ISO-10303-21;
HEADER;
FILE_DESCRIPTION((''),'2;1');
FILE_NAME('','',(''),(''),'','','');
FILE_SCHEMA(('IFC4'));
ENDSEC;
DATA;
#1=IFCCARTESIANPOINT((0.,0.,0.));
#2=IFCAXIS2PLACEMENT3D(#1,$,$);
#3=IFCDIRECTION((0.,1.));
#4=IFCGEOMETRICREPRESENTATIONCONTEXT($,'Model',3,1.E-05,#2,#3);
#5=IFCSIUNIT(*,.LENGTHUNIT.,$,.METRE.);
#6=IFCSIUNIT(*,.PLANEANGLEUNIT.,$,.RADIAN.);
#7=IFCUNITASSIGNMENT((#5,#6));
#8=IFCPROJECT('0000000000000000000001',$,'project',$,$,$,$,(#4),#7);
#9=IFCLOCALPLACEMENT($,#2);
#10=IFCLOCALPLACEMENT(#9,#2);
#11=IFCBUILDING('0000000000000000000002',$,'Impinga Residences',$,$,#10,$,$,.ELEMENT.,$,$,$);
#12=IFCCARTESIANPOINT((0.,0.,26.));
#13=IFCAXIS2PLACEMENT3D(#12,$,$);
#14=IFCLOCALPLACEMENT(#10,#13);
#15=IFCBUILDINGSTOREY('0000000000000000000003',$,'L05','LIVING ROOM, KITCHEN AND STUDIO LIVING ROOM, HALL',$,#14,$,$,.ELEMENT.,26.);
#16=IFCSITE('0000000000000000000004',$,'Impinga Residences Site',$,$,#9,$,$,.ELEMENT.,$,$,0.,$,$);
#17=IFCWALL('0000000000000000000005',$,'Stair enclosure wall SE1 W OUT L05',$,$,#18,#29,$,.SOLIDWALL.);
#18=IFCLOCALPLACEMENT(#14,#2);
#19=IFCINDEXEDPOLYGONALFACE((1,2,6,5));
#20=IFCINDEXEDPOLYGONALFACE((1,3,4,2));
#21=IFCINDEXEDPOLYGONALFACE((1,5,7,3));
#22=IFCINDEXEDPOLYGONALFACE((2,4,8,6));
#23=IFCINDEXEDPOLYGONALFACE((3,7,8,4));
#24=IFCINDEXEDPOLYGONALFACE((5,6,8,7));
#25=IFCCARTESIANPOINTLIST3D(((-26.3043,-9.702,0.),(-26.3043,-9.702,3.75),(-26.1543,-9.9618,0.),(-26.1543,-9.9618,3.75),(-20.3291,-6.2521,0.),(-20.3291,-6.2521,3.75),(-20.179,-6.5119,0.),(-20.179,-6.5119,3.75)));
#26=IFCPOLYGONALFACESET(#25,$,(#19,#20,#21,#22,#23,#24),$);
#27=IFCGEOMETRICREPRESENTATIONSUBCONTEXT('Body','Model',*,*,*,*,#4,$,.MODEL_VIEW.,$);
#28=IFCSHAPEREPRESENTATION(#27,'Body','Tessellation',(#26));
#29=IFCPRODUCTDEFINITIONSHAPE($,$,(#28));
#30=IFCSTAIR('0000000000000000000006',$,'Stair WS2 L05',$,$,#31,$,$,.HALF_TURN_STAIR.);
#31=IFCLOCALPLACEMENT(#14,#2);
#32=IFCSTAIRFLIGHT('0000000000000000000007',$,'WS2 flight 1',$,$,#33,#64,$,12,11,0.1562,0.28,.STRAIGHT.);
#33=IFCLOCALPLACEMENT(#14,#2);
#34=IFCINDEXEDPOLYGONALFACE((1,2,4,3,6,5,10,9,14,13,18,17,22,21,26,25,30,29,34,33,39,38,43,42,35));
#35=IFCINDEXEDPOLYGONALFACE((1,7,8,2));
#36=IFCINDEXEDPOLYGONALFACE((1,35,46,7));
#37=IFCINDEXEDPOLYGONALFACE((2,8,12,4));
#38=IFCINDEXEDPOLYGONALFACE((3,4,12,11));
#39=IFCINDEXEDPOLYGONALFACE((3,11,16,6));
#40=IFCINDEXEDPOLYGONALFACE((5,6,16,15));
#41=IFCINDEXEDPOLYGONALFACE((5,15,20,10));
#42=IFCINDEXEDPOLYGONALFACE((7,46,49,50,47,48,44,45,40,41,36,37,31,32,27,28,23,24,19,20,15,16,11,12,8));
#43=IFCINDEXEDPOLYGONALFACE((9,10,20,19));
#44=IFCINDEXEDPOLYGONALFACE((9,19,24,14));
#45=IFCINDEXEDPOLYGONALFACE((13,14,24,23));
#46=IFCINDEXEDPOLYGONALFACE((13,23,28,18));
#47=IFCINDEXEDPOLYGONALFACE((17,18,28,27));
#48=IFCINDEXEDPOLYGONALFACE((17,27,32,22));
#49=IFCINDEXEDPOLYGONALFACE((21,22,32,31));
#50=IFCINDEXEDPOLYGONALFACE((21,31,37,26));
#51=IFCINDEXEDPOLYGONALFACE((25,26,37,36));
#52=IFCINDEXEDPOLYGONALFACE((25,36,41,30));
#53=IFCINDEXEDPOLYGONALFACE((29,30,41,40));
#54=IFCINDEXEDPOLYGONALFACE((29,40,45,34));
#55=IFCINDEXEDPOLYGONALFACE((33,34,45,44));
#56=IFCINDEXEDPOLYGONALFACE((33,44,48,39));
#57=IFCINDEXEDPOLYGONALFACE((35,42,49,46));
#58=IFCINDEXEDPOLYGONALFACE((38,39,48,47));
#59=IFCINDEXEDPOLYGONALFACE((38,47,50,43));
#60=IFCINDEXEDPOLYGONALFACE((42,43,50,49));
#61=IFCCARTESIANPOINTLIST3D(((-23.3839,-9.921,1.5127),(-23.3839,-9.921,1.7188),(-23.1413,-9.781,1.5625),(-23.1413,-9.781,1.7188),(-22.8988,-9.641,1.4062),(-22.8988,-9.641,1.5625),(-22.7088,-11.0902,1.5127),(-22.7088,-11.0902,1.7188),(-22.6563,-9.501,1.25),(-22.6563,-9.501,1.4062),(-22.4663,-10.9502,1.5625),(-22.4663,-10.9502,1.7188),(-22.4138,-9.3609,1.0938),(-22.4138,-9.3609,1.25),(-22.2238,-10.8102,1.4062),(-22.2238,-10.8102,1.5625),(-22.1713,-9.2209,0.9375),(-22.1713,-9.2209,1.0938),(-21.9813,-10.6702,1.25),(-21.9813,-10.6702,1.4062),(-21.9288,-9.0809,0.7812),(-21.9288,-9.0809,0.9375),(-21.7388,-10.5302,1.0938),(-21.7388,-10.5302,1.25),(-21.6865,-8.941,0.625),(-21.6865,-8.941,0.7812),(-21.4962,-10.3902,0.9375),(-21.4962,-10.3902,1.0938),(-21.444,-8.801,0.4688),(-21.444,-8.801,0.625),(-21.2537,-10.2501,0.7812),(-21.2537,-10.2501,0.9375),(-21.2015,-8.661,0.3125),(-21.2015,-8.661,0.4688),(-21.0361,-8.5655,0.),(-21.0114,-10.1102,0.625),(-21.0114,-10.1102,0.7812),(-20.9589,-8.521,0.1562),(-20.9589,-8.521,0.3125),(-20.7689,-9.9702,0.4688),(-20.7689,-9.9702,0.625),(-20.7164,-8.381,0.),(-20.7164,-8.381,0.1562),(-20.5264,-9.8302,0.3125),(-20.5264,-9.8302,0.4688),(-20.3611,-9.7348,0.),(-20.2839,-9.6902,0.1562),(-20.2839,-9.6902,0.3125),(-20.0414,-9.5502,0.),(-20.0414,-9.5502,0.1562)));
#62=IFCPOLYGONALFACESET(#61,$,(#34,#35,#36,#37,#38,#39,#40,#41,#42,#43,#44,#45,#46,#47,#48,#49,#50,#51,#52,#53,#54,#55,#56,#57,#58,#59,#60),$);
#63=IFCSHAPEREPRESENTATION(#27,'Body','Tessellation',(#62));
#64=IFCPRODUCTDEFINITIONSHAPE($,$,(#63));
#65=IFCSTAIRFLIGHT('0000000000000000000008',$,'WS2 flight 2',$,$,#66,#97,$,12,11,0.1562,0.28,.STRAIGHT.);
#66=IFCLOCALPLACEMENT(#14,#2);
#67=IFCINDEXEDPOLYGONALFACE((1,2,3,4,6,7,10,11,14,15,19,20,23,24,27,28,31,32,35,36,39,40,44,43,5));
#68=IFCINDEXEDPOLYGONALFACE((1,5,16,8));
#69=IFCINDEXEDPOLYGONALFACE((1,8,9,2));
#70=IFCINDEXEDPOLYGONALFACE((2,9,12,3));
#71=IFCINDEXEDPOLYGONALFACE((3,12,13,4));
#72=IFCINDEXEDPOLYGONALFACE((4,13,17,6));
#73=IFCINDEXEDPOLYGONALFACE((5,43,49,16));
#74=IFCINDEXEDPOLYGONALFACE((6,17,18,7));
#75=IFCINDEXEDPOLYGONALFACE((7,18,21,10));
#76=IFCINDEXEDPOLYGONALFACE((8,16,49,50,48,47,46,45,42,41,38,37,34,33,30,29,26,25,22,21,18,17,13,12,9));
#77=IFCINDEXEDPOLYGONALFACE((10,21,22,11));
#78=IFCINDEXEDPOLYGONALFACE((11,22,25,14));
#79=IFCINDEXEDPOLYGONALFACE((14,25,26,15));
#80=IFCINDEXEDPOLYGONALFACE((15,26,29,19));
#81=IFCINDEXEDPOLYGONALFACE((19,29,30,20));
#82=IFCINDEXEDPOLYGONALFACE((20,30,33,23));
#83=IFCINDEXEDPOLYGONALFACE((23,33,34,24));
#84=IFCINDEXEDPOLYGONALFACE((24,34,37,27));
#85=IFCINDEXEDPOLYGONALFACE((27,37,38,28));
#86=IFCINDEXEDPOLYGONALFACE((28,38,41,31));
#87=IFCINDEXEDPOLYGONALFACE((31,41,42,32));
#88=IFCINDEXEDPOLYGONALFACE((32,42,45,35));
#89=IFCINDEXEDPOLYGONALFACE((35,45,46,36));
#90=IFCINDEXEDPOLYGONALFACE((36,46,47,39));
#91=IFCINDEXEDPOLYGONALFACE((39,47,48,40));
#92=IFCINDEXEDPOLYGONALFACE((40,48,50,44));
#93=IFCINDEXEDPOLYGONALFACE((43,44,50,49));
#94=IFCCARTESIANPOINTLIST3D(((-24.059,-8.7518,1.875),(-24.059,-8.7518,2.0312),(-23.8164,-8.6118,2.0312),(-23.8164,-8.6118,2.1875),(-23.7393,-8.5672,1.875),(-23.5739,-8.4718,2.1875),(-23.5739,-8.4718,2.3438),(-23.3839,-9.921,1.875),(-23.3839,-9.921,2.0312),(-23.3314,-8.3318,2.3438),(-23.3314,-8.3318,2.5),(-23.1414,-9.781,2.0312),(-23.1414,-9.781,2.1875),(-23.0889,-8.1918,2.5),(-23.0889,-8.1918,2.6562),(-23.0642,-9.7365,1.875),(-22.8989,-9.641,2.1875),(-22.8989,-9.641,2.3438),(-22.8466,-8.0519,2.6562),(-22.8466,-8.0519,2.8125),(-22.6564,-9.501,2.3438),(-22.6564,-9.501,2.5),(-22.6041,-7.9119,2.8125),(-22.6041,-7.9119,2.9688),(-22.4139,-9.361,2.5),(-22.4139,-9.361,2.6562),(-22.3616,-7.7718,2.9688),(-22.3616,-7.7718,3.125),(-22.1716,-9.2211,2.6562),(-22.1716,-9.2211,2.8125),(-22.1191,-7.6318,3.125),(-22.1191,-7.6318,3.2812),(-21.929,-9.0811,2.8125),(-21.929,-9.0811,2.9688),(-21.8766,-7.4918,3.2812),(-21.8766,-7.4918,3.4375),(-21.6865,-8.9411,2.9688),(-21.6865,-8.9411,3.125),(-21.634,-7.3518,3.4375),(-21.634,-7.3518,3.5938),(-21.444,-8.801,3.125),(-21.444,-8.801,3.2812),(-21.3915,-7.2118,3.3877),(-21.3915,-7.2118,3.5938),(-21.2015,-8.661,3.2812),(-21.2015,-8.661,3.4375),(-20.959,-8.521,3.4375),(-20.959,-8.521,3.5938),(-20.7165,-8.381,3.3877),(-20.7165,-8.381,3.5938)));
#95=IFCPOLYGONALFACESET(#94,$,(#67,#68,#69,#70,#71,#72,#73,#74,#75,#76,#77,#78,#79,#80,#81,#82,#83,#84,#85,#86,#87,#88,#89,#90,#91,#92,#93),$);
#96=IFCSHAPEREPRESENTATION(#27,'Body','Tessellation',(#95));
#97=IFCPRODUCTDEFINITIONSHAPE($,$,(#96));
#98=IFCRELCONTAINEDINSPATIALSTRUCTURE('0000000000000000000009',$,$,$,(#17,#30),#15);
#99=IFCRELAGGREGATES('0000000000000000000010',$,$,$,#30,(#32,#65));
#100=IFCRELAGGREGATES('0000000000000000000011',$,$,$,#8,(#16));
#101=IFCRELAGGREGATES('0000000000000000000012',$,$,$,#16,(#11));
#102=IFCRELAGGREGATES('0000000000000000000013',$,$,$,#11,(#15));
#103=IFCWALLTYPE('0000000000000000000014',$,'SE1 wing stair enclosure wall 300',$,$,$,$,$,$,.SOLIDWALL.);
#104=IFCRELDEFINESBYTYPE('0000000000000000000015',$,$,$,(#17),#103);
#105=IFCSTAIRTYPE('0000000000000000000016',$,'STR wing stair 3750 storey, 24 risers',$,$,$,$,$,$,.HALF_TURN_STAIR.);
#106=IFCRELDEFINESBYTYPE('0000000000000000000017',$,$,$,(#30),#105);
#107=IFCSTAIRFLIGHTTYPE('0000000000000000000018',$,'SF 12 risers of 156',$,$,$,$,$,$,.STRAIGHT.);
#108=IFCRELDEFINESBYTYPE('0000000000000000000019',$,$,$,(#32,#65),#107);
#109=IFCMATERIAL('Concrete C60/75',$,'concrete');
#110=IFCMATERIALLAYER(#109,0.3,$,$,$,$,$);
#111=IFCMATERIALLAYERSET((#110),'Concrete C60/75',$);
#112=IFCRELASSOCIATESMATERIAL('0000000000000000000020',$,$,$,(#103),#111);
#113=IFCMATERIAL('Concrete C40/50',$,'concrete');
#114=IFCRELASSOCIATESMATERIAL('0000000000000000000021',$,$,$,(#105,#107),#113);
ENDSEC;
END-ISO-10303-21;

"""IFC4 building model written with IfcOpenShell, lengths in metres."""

from ifc_helpers import new_model, si_unit, direction, frame, frame_2d, origin, place, context, subcontext, project, spatial, polyline, rectangle, outline, extrude, material, layer, layer_set, type_object, element, aggregate, save


model = new_model("IFC4")

# Units and contexts
model_context = context("Model", 3, precision=1e-05, world=origin(), true_north=direction((0.0, 1.0)))
body_context = subcontext(model_context, "Body", "Model", "MODEL_VIEW")
ifc_project = project(units=[si_unit("LENGTHUNIT", "METRE"), si_unit("PLANEANGLEUNIT", "RADIAN")], contexts=[model_context])

# Site, building, storey
site_placement = place(None, origin())
site = spatial("IfcSite", under=ifc_project, at=site_placement, Name="Impinga Residences Site", CompositionType="ELEMENT", RefElevation=0.0)
building_placement = place(site_placement, origin())
building = spatial("IfcBuilding", under=site, at=building_placement, Name="Impinga Residences", CompositionType="ELEMENT")
storey_placement = place(building_placement, frame((0.0, 0.0, 26.0)))
storey = spatial("IfcBuildingStorey", under=building, at=storey_placement, Name="L05", Description="LIVING ROOM, KITCHEN AND STUDIO LIVING ROOM, HALL", CompositionType="ELEMENT", Elevation=26.0)

# Shared definitions
ifc_material_1 = material(Name="Concrete C60/75", Category="concrete")

# Wall
ifc_layer_1 = layer(ifc_material_1, 0.3)
ifc_layer_set_1 = layer_set([ifc_layer_1], Name="Concrete C60/75")
wall_type_1 = type_object("IfcWallType", Name="SE1 wing stair enclosure wall 300", PredefinedType="SOLIDWALL", material=ifc_layer_set_1)
wall_1_placement = place(storey_placement, frame((-20.2542, -6.3821, 0.0), z_axis=(0.0, 0.0, 1.0), x_axis=(-0.86602, -0.500009, 0.0)))
element("IfcWall", 1, at=wall_1_placement, inside=storey, type_object=wall_type_1, Name="Stair enclosure wall SE1 W OUT L05", PredefinedType="SOLIDWALL", context=body_context, shape_type="SweptSolid", body=[
    extrude(rectangle(XDim=6.8997, YDim=0.3, at=frame_2d((3.4497, 0.0))), origin(), (0.0, 0.0, 1.0), 3.75),
])

# Stair, stair flights
ifc_material_2 = material(Name="Concrete C40/50", Category="concrete")
stair_type = type_object("IfcStairType", Name="STR wing stair 3750 storey, 24 risers", PredefinedType="HALF_TURN_STAIR", material=ifc_material_2)
stair_placement = place(storey_placement, origin())
stair = element("IfcStair", 2, at=stair_placement, inside=storey, type_object=stair_type, Name="Stair WS2 L05", PredefinedType="HALF_TURN_STAIR")
stair_flight_type = type_object("IfcStairFlightType", Name="SF 12 risers of 156", PredefinedType="STRAIGHT", material=ifc_material_2)
stair_flight_1_placement = place(storey_placement, frame((-20.3789, -8.9656, 0.0), z_axis=(0.0, 0.0, 1.0), x_axis=(-0.866025, -0.5, 0.0)))
stair_flight_1 = element("IfcStairFlight", 3, at=stair_flight_1_placement, type_object=stair_flight_type, Name="WS2 flight 1", NumberOfRisers=12, NumberOfTreads=11, PredefinedType="STRAIGHT", RiserHeight=0.1562, TreadLength=0.28, context=body_context, shape_type="SweptSolid", body=[
    extrude(outline(polyline([(0.0, 0.0), (0.0, 0.1562), (0.28, 0.1562), (0.28, 0.3125), (0.5601, 0.3125), (0.5601, 0.4688), (0.8401, 0.4688), (0.8401, 0.625), (1.1201, 0.625), (1.1201, 0.7812), (1.3999, 0.7812), (1.3999, 0.9375), (1.6799, 0.9375), (1.6799, 1.0938), (1.96, 1.0938), (1.96, 1.25), (2.24, 1.25), (2.24, 1.4062), (2.52, 1.4062), (2.52, 1.5625), (2.8, 1.5625), (2.8, 1.7188), (3.0801, 1.7188), (3.0801, 1.875), (3.0801, 1.5127), (0.3691, 0.0), (0.0, 0.0)])), frame((0.0, 0.675, 0.0), z_axis=(0.0, -1.0, 0.0), x_axis=(1.0, 0.0, 0.0)), (0.0, 0.0, 1.0), 1.3501),
])
stair_flight_2_placement = place(storey_placement, frame((-23.7214, -9.3364, 1.875), z_axis=(0.0, 0.0, 1.0), x_axis=(0.866025, 0.5, 0.0)))
stair_flight_2 = element("IfcStairFlight", 4, at=stair_flight_2_placement, type_object=stair_flight_type, Name="WS2 flight 2", NumberOfRisers=12, NumberOfTreads=11, PredefinedType="STRAIGHT", RiserHeight=0.1562, TreadLength=0.28, context=body_context, shape_type="SweptSolid", body=[
    extrude(outline(polyline([(0.0, 0.0), (0.0, 0.1562), (0.28, 0.1562), (0.28, 0.3125), (0.5601, 0.3125), (0.5601, 0.4688), (0.8401, 0.4688), (0.8401, 0.625), (1.1201, 0.625), (1.1201, 0.7812), (1.3999, 0.7812), (1.3999, 0.9375), (1.6799, 0.9375), (1.6799, 1.0938), (1.96, 1.0938), (1.96, 1.25), (2.24, 1.25), (2.24, 1.4062), (2.52, 1.4062), (2.52, 1.5625), (2.8, 1.5625), (2.8, 1.7188), (3.0801, 1.7188), (3.0801, 1.875), (3.0801, 1.5127), (0.3691, 0.0), (0.0, 0.0)])), frame((0.0, 0.675, 0.0), z_axis=(0.0, -1.0, 0.0), x_axis=(1.0, 0.0, 0.0)), (0.0, 0.0, 1.0), 1.3501),
])
aggregate(stair, [stair_flight_1, stair_flight_2])

save(model, "model.ifc")
